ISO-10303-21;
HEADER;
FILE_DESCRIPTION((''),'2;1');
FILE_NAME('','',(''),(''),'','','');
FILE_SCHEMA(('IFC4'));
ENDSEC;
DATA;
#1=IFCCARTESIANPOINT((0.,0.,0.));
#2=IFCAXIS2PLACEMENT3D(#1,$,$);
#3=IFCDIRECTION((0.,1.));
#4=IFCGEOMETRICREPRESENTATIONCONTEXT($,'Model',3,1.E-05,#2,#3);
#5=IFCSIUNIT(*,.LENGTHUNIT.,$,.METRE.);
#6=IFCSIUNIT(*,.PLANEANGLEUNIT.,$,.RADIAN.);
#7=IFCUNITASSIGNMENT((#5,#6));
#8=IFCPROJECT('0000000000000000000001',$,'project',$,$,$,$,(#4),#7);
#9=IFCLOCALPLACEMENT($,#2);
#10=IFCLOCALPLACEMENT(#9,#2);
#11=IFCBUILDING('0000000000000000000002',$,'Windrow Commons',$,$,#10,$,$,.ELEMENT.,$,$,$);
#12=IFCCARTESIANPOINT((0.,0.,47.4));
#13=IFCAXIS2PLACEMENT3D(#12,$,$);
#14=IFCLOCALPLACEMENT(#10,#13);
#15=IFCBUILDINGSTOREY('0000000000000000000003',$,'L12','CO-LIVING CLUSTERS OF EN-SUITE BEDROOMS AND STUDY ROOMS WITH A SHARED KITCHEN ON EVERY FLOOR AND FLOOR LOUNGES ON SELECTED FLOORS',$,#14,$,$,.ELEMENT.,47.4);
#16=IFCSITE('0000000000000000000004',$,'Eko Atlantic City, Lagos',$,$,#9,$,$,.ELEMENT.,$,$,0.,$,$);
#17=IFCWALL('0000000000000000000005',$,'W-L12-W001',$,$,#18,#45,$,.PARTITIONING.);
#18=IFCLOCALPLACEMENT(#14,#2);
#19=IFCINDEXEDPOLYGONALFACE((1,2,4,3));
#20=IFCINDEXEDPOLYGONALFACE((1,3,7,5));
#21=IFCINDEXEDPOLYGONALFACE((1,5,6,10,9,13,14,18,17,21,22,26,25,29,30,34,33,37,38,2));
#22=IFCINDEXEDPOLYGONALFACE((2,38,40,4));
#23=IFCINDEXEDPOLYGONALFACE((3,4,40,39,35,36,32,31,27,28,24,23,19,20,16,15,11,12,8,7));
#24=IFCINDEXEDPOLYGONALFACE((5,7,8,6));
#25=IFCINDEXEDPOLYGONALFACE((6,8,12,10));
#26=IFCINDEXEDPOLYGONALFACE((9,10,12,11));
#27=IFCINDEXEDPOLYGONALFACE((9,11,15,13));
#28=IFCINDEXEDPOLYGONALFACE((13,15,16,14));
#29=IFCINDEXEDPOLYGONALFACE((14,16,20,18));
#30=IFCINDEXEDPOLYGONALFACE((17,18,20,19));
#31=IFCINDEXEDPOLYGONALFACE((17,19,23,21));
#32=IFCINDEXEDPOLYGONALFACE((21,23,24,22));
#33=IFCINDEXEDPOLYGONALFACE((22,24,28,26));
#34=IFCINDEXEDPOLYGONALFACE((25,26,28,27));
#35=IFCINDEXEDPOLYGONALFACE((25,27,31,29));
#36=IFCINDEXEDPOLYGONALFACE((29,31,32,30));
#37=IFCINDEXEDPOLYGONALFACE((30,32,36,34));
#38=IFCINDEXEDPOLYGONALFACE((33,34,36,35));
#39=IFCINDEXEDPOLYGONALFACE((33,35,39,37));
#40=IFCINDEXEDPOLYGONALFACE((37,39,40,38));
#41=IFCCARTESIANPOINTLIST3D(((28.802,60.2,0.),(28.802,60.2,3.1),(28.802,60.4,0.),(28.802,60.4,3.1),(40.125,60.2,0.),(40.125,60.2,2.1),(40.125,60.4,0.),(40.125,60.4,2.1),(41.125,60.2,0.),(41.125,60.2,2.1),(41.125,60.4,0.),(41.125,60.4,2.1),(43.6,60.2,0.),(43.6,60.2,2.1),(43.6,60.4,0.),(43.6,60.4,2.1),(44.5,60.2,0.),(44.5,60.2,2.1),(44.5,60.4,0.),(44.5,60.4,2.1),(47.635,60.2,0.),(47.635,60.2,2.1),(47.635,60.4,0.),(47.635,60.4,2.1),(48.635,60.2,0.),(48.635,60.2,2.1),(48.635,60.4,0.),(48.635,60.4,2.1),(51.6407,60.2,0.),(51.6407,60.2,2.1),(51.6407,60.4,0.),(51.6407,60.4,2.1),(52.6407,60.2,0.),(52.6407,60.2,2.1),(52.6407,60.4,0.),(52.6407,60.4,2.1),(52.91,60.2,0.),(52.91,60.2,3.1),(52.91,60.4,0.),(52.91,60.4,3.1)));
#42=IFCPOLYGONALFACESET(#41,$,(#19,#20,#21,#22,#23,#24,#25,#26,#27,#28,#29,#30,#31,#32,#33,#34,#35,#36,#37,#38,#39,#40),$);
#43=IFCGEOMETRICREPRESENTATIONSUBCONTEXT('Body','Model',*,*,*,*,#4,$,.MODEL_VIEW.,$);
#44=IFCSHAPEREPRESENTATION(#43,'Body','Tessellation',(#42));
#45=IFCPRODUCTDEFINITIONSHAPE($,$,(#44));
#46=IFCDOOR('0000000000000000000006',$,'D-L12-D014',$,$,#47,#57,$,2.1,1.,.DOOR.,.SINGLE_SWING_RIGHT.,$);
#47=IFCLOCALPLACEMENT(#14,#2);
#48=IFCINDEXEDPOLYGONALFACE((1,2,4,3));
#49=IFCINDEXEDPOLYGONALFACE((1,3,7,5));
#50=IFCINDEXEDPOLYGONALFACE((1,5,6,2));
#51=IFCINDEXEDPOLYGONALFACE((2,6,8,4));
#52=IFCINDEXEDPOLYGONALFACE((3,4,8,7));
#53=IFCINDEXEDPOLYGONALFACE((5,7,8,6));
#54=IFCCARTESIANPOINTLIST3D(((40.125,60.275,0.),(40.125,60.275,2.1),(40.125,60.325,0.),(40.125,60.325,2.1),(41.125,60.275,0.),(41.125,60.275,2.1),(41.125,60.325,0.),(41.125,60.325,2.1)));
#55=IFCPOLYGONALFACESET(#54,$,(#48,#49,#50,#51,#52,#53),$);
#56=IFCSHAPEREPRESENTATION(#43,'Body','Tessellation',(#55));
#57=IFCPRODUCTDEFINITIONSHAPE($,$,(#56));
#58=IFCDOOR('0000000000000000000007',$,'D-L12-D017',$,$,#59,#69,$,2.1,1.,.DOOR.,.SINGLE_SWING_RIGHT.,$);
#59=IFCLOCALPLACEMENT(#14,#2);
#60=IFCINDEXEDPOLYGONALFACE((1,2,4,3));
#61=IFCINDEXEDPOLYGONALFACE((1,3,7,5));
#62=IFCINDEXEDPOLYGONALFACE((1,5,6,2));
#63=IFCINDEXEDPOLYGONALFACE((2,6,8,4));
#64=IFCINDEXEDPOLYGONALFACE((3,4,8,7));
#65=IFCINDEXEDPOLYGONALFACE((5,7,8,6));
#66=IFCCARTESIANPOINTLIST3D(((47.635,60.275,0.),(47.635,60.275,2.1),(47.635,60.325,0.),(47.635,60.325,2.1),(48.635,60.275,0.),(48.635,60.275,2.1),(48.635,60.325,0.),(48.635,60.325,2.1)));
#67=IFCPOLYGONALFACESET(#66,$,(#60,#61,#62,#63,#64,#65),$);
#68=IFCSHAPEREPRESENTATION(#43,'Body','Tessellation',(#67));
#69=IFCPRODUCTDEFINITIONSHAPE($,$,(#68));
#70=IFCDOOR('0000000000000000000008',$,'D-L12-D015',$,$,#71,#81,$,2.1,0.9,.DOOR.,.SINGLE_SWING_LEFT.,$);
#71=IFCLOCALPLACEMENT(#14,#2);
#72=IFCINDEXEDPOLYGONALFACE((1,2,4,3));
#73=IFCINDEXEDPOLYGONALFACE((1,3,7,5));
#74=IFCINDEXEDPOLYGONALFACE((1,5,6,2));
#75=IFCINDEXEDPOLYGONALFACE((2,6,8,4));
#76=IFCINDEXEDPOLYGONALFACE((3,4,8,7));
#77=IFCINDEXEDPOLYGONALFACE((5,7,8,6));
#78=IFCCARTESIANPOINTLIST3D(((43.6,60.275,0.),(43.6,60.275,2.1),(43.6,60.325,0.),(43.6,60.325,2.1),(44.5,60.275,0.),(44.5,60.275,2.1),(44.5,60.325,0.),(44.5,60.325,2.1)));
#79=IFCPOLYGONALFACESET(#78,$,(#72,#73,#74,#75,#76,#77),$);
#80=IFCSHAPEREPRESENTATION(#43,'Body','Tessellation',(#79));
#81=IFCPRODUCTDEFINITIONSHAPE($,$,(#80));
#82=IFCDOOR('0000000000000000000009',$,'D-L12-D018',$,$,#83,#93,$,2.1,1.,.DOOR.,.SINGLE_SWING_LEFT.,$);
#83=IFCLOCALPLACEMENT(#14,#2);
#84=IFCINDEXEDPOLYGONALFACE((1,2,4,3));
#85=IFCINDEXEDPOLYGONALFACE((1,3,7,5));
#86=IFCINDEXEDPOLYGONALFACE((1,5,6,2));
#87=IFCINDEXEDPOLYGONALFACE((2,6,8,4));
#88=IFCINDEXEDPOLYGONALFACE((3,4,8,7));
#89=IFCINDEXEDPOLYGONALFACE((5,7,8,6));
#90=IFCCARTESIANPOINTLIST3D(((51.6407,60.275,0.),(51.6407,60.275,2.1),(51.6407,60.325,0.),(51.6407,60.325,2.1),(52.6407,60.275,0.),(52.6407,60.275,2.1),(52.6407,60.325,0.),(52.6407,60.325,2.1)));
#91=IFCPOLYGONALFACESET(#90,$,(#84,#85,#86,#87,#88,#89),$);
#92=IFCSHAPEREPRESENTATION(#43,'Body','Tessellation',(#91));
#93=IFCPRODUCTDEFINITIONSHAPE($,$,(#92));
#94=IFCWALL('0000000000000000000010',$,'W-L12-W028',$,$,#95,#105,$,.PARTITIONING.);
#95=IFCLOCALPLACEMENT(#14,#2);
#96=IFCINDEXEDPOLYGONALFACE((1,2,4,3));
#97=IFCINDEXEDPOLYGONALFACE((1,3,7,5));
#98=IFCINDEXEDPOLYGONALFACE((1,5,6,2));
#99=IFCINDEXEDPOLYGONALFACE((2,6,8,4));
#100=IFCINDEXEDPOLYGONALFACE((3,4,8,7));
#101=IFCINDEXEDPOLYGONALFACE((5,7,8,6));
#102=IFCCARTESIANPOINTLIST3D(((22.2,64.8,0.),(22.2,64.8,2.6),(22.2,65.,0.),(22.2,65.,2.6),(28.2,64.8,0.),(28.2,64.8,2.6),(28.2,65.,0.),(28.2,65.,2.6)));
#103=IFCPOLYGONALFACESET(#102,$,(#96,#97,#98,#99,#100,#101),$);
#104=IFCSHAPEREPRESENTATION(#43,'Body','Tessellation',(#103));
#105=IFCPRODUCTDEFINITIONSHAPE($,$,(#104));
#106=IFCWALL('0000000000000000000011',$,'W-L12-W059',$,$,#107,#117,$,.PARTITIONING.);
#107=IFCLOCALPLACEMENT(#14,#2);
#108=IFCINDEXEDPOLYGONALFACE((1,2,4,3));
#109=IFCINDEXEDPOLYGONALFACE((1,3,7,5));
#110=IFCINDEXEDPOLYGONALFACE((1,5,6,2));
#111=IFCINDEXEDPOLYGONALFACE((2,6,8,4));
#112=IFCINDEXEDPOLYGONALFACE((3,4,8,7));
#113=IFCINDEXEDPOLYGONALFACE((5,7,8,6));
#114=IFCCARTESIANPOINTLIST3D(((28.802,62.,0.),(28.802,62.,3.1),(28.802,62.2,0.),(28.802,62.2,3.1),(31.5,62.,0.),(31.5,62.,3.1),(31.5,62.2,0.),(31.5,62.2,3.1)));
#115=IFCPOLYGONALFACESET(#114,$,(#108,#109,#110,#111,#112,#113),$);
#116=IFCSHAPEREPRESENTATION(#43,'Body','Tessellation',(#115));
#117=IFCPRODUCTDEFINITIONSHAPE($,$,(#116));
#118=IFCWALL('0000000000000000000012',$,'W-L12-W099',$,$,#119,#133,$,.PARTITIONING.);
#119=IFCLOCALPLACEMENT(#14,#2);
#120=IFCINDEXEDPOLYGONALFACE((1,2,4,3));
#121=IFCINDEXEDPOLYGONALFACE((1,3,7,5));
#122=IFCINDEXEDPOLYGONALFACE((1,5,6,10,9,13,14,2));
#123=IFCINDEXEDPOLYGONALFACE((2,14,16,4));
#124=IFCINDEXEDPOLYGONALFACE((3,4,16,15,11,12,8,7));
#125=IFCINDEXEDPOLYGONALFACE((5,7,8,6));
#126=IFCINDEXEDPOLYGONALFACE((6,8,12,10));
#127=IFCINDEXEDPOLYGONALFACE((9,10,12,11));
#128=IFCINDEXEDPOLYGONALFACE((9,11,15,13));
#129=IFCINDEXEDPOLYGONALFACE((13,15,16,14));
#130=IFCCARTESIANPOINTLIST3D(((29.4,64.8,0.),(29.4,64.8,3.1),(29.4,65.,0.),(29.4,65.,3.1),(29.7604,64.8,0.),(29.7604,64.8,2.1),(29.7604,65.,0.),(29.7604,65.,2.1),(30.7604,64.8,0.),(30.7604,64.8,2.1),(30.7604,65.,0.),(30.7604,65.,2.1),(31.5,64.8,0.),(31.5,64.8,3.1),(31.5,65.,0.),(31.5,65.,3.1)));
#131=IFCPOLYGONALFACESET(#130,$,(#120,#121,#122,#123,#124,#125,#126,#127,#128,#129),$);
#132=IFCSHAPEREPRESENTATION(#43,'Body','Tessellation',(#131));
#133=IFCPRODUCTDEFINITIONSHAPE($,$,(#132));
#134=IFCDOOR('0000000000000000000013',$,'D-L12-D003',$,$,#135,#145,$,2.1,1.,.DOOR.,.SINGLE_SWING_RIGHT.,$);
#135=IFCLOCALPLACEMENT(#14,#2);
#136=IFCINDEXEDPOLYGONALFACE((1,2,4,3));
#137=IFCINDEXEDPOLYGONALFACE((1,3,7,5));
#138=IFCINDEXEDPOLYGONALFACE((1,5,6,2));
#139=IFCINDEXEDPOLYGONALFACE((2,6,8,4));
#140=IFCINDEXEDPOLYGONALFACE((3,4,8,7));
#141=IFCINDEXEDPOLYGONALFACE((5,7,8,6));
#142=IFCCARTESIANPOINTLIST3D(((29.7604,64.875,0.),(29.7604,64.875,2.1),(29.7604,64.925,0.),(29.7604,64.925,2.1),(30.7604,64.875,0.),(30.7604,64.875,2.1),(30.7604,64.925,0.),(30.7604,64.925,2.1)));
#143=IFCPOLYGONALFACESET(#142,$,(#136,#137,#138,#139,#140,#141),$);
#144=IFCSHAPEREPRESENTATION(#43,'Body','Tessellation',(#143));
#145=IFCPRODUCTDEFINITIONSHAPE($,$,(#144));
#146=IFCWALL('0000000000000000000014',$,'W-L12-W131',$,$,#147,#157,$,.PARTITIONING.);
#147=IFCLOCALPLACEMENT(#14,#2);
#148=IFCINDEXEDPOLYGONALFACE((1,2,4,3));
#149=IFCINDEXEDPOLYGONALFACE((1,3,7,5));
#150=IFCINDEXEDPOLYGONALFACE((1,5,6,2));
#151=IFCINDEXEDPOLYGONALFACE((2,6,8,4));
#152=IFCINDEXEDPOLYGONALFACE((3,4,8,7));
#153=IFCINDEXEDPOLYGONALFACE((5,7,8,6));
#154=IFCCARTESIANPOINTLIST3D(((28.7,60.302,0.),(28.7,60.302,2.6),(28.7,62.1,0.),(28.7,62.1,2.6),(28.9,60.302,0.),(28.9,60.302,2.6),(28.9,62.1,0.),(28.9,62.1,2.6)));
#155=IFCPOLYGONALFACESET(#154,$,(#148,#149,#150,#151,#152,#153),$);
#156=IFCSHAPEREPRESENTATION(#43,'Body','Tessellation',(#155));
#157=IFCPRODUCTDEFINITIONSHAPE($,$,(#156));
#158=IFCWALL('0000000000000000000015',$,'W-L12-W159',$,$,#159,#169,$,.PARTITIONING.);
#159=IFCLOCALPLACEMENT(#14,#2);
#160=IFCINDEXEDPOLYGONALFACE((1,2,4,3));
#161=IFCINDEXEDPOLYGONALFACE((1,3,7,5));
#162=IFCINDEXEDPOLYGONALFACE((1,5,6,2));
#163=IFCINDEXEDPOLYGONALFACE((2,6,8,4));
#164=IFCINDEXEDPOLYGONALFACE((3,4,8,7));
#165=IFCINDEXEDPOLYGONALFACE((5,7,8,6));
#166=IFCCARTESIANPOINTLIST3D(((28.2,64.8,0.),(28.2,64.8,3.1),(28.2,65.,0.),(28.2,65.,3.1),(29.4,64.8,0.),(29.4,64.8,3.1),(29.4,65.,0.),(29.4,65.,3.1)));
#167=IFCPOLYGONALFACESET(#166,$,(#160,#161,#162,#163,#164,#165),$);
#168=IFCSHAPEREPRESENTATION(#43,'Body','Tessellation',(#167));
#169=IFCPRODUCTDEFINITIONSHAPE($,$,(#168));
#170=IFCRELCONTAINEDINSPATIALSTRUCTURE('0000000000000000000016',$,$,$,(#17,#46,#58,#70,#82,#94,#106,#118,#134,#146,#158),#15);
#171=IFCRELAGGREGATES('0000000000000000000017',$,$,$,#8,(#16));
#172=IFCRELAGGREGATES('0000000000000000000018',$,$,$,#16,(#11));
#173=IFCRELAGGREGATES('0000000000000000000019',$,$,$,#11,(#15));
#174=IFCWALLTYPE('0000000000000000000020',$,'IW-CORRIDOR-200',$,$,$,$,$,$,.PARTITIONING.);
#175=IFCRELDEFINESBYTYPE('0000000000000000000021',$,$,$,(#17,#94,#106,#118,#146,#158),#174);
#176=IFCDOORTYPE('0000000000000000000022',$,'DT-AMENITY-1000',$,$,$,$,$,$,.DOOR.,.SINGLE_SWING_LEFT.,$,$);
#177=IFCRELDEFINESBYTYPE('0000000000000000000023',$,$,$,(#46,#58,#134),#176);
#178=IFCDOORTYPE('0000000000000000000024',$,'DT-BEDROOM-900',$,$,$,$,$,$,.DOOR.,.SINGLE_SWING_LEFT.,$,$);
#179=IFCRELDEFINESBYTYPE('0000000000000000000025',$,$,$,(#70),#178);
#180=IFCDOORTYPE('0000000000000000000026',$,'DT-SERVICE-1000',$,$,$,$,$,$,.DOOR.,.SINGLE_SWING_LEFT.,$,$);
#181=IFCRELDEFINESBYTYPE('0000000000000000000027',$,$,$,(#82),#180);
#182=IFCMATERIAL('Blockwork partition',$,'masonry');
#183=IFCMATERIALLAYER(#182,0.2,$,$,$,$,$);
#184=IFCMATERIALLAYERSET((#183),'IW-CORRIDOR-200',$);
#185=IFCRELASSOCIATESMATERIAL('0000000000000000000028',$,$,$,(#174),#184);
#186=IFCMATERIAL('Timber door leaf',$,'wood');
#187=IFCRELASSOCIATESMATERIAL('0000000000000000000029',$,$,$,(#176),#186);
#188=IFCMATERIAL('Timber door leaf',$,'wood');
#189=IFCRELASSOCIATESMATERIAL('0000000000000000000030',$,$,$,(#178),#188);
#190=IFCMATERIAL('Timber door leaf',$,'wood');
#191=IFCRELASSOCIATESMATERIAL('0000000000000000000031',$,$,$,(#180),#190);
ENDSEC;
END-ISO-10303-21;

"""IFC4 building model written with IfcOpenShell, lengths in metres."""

from ifc_helpers import new_model, si_unit, direction, frame, frame_2d, origin, place, context, subcontext, project, spatial, rectangle, extrude, material, layer, layer_set, type_object, element, fill, save


model = new_model("IFC4")

# Units and contexts
model_context = context("Model", 3, precision=1e-05, world=origin(), true_north=direction((0.0, 1.0)))
body_context = subcontext(model_context, "Body", "Model", "MODEL_VIEW")
ifc_project = project(units=[si_unit("LENGTHUNIT", "METRE"), si_unit("PLANEANGLEUNIT", "RADIAN")], contexts=[model_context])

# Site, building, storey
site_placement = place(None, origin())
site = spatial("IfcSite", under=ifc_project, at=site_placement, Name="Eko Atlantic City, Lagos", CompositionType="ELEMENT", RefElevation=0.0)
building_placement = place(site_placement, origin())
building = spatial("IfcBuilding", under=site, at=building_placement, Name="Windrow Commons", CompositionType="ELEMENT")
storey_placement = place(building_placement, frame((0.0, 0.0, 47.4)))
storey = spatial("IfcBuildingStorey", under=building, at=storey_placement, Name="L12", Description="CO-LIVING CLUSTERS OF EN-SUITE BEDROOMS AND STUDY ROOMS WITH A SHARED KITCHEN ON EVERY FLOOR AND FLOOR LOUNGES ON SELECTED FLOORS", CompositionType="ELEMENT", Elevation=47.4)

# Wall, openings, doors
ifc_material_1 = material(Name="Blockwork partition", Category="masonry")
ifc_layer_1 = layer(ifc_material_1, 0.2)
ifc_layer_set_1 = layer_set([ifc_layer_1], Name="IW-CORRIDOR-200")
wall_type_1 = type_object("IfcWallType", Name="IW-CORRIDOR-200", PredefinedType="PARTITIONING", material=ifc_layer_set_1)
wall_1_placement = place(storey_placement, frame((28.802, 60.3, 0.0), z_axis=(0.0, 0.0, 1.0), x_axis=(1.0, 0.0, 0.0)))
wall_1 = element("IfcWall", 1, at=wall_1_placement, inside=storey, type_object=wall_type_1, Name="W-L12-W001", PredefinedType="PARTITIONING", context=body_context, shape_type="SweptSolid", body=[
    extrude(rectangle(XDim=24.108, YDim=0.2, at=frame_2d((12.054, 0.0))), origin(), (0.0, 0.0, 1.0), 3.1),
])
opening_1_placement = place(wall_1_placement, frame((11.323, 0.0, 0.0)))
opening_1 = element("IfcOpeningElement", 2, at=opening_1_placement, cuts=wall_1, PredefinedType="OPENING", context=body_context, shape_type="SweptSolid", body=[
    extrude(rectangle(XDim=1.0, YDim=2.1, at=frame_2d((0.5, 1.05))), frame((0.0, 0.11, 0.0), z_axis=(0.0, -1.0, 0.0), x_axis=(1.0, 0.0, 0.0)), (0.0, 0.0, 1.0), 0.22),
])
opening_2_placement = place(wall_1_placement, frame((14.798, 0.0, 0.0)))
opening_2 = element("IfcOpeningElement", 3, at=opening_2_placement, cuts=wall_1, PredefinedType="OPENING", context=body_context, shape_type="SweptSolid", body=[
    extrude(rectangle(XDim=0.9, YDim=2.1, at=frame_2d((0.45, 1.05))), frame((0.0, 0.11, 0.0), z_axis=(0.0, -1.0, 0.0), x_axis=(1.0, 0.0, 0.0)), (0.0, 0.0, 1.0), 0.22),
])
opening_3_placement = place(wall_1_placement, frame((18.833, 0.0, 0.0)))
opening_3 = element("IfcOpeningElement", 4, at=opening_3_placement, cuts=wall_1, PredefinedType="OPENING", context=body_context, shape_type="SweptSolid", body=[
    extrude(rectangle(XDim=1.0, YDim=2.1, at=frame_2d((0.5, 1.05))), frame((0.0, 0.11, 0.0), z_axis=(0.0, -1.0, 0.0), x_axis=(1.0, 0.0, 0.0)), (0.0, 0.0, 1.0), 0.22),
])
opening_4_placement = place(wall_1_placement, frame((22.8387, 0.0, 0.0)))
opening_4 = element("IfcOpeningElement", 5, at=opening_4_placement, cuts=wall_1, PredefinedType="OPENING", context=body_context, shape_type="SweptSolid", body=[
    extrude(rectangle(XDim=1.0, YDim=2.1, at=frame_2d((0.5, 1.05))), frame((0.0, 0.11, 0.0), z_axis=(0.0, -1.0, 0.0), x_axis=(1.0, 0.0, 0.0)), (0.0, 0.0, 1.0), 0.22),
])
ifc_material_2 = material(Name="Timber door leaf", Category="wood")
door_type_1 = type_object("IfcDoorType", Name="DT-AMENITY-1000", OperationType="SINGLE_SWING_LEFT", PredefinedType="DOOR", material=ifc_material_2)
door_1_placement = place(opening_1_placement, origin())
door_1 = element("IfcDoor", 6, at=door_1_placement, inside=storey, type_object=door_type_1, Name="D-L12-D014", OperationType="SINGLE_SWING_RIGHT", OverallHeight=2.1, OverallWidth=1.0, PredefinedType="DOOR", context=body_context, shape_type="SweptSolid", body=[
    extrude(rectangle(XDim=1.0, YDim=2.1, at=frame_2d((0.5, 1.05))), frame((0.0, 0.025, 0.0), z_axis=(0.0, -1.0, 0.0), x_axis=(1.0, 0.0, 0.0)), (0.0, 0.0, 1.0), 0.05),
])
fill(opening_1, door_1)
door_2_placement = place(opening_3_placement, origin())
door_2 = element("IfcDoor", 7, at=door_2_placement, inside=storey, type_object=door_type_1, Name="D-L12-D017", OperationType="SINGLE_SWING_RIGHT", OverallHeight=2.1, OverallWidth=1.0, PredefinedType="DOOR", context=body_context, shape_type="SweptSolid", body=[
    extrude(rectangle(XDim=1.0, YDim=2.1, at=frame_2d((0.5, 1.05))), frame((0.0, 0.025, 0.0), z_axis=(0.0, -1.0, 0.0), x_axis=(1.0, 0.0, 0.0)), (0.0, 0.0, 1.0), 0.05),
])
fill(opening_3, door_2)
ifc_material_3 = material(Name="Timber door leaf", Category="wood")
door_type_2 = type_object("IfcDoorType", Name="DT-BEDROOM-900", OperationType="SINGLE_SWING_LEFT", PredefinedType="DOOR", material=ifc_material_3)
door_3_placement = place(opening_2_placement, origin())
door_3 = element("IfcDoor", 8, at=door_3_placement, inside=storey, type_object=door_type_2, Name="D-L12-D015", OperationType="SINGLE_SWING_LEFT", OverallHeight=2.1, OverallWidth=0.9, PredefinedType="DOOR", context=body_context, shape_type="SweptSolid", body=[
    extrude(rectangle(XDim=0.9, YDim=2.1, at=frame_2d((0.45, 1.05))), frame((0.0, 0.025, 0.0), z_axis=(0.0, -1.0, 0.0), x_axis=(1.0, 0.0, 0.0)), (0.0, 0.0, 1.0), 0.05),
])
fill(opening_2, door_3)
ifc_material_4 = material(Name="Timber door leaf", Category="wood")
door_type_3 = type_object("IfcDoorType", Name="DT-SERVICE-1000", OperationType="SINGLE_SWING_LEFT", PredefinedType="DOOR", material=ifc_material_4)
door_4_placement = place(opening_4_placement, origin())
door_4 = element("IfcDoor", 9, at=door_4_placement, inside=storey, type_object=door_type_3, Name="D-L12-D018", OperationType="SINGLE_SWING_LEFT", OverallHeight=2.1, OverallWidth=1.0, PredefinedType="DOOR", context=body_context, shape_type="SweptSolid", body=[
    extrude(rectangle(XDim=1.0, YDim=2.1, at=frame_2d((0.5, 1.05))), frame((0.0, 0.025, 0.0), z_axis=(0.0, -1.0, 0.0), x_axis=(1.0, 0.0, 0.0)), (0.0, 0.0, 1.0), 0.05),
])
fill(opening_4, door_4)

# Walls
wall_2_placement = place(storey_placement, frame((22.2, 64.9, 0.0), z_axis=(0.0, 0.0, 1.0), x_axis=(1.0, 0.0, 0.0)))
element("IfcWall", 10, at=wall_2_placement, inside=storey, type_object=wall_type_1, Name="W-L12-W028", PredefinedType="PARTITIONING", context=body_context, shape_type="SweptSolid", body=[
    extrude(rectangle(XDim=6.0, YDim=0.2, at=frame_2d((3.0, 0.0))), origin(), (0.0, 0.0, 1.0), 2.6),
])
wall_3_placement = place(storey_placement, frame((28.802, 62.1, 0.0), z_axis=(0.0, 0.0, 1.0), x_axis=(1.0, 0.0, 0.0)))
element("IfcWall", 11, at=wall_3_placement, inside=storey, type_object=wall_type_1, Name="W-L12-W059", PredefinedType="PARTITIONING", context=body_context, shape_type="SweptSolid", body=[
    extrude(rectangle(XDim=2.698, YDim=0.2, at=frame_2d((1.349, 0.0))), origin(), (0.0, 0.0, 1.0), 3.1),
])

# Wall, opening, door
wall_4_placement = place(storey_placement, frame((29.4, 64.9, 0.0), z_axis=(0.0, 0.0, 1.0), x_axis=(1.0, 0.0, 0.0)))
wall_4 = element("IfcWall", 12, at=wall_4_placement, inside=storey, type_object=wall_type_1, Name="W-L12-W099", PredefinedType="PARTITIONING", context=body_context, shape_type="SweptSolid", body=[
    extrude(rectangle(XDim=2.1, YDim=0.2, at=frame_2d((1.05, 0.0))), origin(), (0.0, 0.0, 1.0), 3.1),
])
opening_5_placement = place(wall_4_placement, frame((0.3604, 0.0, 0.0)))
opening_5 = element("IfcOpeningElement", 13, at=opening_5_placement, cuts=wall_4, PredefinedType="OPENING", context=body_context, shape_type="SweptSolid", body=[
    extrude(rectangle(XDim=1.0, YDim=2.1, at=frame_2d((0.5, 1.05))), frame((0.0, 0.11, 0.0), z_axis=(0.0, -1.0, 0.0), x_axis=(1.0, 0.0, 0.0)), (0.0, 0.0, 1.0), 0.22),
])
door_5_placement = place(opening_5_placement, origin())
door_5 = element("IfcDoor", 14, at=door_5_placement, inside=storey, type_object=door_type_1, Name="D-L12-D003", OperationType="SINGLE_SWING_RIGHT", OverallHeight=2.1, OverallWidth=1.0, PredefinedType="DOOR", context=body_context, shape_type="SweptSolid", body=[
    extrude(rectangle(XDim=1.0, YDim=2.1, at=frame_2d((0.5, 1.05))), frame((0.0, 0.025, 0.0), z_axis=(0.0, -1.0, 0.0), x_axis=(1.0, 0.0, 0.0)), (0.0, 0.0, 1.0), 0.05),
])
fill(opening_5, door_5)

# Walls
wall_5_placement = place(storey_placement, frame((28.8, 60.302, 0.0), z_axis=(0.0, 0.0, 1.0), x_axis=(0.0, 1.0, 0.0)))
element("IfcWall", 15, at=wall_5_placement, inside=storey, type_object=wall_type_1, Name="W-L12-W131", PredefinedType="PARTITIONING", context=body_context, shape_type="SweptSolid", body=[
    extrude(rectangle(XDim=1.798, YDim=0.2, at=frame_2d((0.899, 0.0))), origin(), (0.0, 0.0, 1.0), 2.6),
])
wall_6_placement = place(storey_placement, frame((28.2, 64.9, 0.0), z_axis=(0.0, 0.0, 1.0), x_axis=(1.0, 0.0, 0.0)))
element("IfcWall", 16, at=wall_6_placement, inside=storey, type_object=wall_type_1, Name="W-L12-W159", PredefinedType="PARTITIONING", context=body_context, shape_type="SweptSolid", body=[
    extrude(rectangle(XDim=1.2, YDim=0.2, at=frame_2d((0.6, 0.0))), origin(), (0.0, 0.0, 1.0), 3.1),
])

save(model, "model.ifc")
